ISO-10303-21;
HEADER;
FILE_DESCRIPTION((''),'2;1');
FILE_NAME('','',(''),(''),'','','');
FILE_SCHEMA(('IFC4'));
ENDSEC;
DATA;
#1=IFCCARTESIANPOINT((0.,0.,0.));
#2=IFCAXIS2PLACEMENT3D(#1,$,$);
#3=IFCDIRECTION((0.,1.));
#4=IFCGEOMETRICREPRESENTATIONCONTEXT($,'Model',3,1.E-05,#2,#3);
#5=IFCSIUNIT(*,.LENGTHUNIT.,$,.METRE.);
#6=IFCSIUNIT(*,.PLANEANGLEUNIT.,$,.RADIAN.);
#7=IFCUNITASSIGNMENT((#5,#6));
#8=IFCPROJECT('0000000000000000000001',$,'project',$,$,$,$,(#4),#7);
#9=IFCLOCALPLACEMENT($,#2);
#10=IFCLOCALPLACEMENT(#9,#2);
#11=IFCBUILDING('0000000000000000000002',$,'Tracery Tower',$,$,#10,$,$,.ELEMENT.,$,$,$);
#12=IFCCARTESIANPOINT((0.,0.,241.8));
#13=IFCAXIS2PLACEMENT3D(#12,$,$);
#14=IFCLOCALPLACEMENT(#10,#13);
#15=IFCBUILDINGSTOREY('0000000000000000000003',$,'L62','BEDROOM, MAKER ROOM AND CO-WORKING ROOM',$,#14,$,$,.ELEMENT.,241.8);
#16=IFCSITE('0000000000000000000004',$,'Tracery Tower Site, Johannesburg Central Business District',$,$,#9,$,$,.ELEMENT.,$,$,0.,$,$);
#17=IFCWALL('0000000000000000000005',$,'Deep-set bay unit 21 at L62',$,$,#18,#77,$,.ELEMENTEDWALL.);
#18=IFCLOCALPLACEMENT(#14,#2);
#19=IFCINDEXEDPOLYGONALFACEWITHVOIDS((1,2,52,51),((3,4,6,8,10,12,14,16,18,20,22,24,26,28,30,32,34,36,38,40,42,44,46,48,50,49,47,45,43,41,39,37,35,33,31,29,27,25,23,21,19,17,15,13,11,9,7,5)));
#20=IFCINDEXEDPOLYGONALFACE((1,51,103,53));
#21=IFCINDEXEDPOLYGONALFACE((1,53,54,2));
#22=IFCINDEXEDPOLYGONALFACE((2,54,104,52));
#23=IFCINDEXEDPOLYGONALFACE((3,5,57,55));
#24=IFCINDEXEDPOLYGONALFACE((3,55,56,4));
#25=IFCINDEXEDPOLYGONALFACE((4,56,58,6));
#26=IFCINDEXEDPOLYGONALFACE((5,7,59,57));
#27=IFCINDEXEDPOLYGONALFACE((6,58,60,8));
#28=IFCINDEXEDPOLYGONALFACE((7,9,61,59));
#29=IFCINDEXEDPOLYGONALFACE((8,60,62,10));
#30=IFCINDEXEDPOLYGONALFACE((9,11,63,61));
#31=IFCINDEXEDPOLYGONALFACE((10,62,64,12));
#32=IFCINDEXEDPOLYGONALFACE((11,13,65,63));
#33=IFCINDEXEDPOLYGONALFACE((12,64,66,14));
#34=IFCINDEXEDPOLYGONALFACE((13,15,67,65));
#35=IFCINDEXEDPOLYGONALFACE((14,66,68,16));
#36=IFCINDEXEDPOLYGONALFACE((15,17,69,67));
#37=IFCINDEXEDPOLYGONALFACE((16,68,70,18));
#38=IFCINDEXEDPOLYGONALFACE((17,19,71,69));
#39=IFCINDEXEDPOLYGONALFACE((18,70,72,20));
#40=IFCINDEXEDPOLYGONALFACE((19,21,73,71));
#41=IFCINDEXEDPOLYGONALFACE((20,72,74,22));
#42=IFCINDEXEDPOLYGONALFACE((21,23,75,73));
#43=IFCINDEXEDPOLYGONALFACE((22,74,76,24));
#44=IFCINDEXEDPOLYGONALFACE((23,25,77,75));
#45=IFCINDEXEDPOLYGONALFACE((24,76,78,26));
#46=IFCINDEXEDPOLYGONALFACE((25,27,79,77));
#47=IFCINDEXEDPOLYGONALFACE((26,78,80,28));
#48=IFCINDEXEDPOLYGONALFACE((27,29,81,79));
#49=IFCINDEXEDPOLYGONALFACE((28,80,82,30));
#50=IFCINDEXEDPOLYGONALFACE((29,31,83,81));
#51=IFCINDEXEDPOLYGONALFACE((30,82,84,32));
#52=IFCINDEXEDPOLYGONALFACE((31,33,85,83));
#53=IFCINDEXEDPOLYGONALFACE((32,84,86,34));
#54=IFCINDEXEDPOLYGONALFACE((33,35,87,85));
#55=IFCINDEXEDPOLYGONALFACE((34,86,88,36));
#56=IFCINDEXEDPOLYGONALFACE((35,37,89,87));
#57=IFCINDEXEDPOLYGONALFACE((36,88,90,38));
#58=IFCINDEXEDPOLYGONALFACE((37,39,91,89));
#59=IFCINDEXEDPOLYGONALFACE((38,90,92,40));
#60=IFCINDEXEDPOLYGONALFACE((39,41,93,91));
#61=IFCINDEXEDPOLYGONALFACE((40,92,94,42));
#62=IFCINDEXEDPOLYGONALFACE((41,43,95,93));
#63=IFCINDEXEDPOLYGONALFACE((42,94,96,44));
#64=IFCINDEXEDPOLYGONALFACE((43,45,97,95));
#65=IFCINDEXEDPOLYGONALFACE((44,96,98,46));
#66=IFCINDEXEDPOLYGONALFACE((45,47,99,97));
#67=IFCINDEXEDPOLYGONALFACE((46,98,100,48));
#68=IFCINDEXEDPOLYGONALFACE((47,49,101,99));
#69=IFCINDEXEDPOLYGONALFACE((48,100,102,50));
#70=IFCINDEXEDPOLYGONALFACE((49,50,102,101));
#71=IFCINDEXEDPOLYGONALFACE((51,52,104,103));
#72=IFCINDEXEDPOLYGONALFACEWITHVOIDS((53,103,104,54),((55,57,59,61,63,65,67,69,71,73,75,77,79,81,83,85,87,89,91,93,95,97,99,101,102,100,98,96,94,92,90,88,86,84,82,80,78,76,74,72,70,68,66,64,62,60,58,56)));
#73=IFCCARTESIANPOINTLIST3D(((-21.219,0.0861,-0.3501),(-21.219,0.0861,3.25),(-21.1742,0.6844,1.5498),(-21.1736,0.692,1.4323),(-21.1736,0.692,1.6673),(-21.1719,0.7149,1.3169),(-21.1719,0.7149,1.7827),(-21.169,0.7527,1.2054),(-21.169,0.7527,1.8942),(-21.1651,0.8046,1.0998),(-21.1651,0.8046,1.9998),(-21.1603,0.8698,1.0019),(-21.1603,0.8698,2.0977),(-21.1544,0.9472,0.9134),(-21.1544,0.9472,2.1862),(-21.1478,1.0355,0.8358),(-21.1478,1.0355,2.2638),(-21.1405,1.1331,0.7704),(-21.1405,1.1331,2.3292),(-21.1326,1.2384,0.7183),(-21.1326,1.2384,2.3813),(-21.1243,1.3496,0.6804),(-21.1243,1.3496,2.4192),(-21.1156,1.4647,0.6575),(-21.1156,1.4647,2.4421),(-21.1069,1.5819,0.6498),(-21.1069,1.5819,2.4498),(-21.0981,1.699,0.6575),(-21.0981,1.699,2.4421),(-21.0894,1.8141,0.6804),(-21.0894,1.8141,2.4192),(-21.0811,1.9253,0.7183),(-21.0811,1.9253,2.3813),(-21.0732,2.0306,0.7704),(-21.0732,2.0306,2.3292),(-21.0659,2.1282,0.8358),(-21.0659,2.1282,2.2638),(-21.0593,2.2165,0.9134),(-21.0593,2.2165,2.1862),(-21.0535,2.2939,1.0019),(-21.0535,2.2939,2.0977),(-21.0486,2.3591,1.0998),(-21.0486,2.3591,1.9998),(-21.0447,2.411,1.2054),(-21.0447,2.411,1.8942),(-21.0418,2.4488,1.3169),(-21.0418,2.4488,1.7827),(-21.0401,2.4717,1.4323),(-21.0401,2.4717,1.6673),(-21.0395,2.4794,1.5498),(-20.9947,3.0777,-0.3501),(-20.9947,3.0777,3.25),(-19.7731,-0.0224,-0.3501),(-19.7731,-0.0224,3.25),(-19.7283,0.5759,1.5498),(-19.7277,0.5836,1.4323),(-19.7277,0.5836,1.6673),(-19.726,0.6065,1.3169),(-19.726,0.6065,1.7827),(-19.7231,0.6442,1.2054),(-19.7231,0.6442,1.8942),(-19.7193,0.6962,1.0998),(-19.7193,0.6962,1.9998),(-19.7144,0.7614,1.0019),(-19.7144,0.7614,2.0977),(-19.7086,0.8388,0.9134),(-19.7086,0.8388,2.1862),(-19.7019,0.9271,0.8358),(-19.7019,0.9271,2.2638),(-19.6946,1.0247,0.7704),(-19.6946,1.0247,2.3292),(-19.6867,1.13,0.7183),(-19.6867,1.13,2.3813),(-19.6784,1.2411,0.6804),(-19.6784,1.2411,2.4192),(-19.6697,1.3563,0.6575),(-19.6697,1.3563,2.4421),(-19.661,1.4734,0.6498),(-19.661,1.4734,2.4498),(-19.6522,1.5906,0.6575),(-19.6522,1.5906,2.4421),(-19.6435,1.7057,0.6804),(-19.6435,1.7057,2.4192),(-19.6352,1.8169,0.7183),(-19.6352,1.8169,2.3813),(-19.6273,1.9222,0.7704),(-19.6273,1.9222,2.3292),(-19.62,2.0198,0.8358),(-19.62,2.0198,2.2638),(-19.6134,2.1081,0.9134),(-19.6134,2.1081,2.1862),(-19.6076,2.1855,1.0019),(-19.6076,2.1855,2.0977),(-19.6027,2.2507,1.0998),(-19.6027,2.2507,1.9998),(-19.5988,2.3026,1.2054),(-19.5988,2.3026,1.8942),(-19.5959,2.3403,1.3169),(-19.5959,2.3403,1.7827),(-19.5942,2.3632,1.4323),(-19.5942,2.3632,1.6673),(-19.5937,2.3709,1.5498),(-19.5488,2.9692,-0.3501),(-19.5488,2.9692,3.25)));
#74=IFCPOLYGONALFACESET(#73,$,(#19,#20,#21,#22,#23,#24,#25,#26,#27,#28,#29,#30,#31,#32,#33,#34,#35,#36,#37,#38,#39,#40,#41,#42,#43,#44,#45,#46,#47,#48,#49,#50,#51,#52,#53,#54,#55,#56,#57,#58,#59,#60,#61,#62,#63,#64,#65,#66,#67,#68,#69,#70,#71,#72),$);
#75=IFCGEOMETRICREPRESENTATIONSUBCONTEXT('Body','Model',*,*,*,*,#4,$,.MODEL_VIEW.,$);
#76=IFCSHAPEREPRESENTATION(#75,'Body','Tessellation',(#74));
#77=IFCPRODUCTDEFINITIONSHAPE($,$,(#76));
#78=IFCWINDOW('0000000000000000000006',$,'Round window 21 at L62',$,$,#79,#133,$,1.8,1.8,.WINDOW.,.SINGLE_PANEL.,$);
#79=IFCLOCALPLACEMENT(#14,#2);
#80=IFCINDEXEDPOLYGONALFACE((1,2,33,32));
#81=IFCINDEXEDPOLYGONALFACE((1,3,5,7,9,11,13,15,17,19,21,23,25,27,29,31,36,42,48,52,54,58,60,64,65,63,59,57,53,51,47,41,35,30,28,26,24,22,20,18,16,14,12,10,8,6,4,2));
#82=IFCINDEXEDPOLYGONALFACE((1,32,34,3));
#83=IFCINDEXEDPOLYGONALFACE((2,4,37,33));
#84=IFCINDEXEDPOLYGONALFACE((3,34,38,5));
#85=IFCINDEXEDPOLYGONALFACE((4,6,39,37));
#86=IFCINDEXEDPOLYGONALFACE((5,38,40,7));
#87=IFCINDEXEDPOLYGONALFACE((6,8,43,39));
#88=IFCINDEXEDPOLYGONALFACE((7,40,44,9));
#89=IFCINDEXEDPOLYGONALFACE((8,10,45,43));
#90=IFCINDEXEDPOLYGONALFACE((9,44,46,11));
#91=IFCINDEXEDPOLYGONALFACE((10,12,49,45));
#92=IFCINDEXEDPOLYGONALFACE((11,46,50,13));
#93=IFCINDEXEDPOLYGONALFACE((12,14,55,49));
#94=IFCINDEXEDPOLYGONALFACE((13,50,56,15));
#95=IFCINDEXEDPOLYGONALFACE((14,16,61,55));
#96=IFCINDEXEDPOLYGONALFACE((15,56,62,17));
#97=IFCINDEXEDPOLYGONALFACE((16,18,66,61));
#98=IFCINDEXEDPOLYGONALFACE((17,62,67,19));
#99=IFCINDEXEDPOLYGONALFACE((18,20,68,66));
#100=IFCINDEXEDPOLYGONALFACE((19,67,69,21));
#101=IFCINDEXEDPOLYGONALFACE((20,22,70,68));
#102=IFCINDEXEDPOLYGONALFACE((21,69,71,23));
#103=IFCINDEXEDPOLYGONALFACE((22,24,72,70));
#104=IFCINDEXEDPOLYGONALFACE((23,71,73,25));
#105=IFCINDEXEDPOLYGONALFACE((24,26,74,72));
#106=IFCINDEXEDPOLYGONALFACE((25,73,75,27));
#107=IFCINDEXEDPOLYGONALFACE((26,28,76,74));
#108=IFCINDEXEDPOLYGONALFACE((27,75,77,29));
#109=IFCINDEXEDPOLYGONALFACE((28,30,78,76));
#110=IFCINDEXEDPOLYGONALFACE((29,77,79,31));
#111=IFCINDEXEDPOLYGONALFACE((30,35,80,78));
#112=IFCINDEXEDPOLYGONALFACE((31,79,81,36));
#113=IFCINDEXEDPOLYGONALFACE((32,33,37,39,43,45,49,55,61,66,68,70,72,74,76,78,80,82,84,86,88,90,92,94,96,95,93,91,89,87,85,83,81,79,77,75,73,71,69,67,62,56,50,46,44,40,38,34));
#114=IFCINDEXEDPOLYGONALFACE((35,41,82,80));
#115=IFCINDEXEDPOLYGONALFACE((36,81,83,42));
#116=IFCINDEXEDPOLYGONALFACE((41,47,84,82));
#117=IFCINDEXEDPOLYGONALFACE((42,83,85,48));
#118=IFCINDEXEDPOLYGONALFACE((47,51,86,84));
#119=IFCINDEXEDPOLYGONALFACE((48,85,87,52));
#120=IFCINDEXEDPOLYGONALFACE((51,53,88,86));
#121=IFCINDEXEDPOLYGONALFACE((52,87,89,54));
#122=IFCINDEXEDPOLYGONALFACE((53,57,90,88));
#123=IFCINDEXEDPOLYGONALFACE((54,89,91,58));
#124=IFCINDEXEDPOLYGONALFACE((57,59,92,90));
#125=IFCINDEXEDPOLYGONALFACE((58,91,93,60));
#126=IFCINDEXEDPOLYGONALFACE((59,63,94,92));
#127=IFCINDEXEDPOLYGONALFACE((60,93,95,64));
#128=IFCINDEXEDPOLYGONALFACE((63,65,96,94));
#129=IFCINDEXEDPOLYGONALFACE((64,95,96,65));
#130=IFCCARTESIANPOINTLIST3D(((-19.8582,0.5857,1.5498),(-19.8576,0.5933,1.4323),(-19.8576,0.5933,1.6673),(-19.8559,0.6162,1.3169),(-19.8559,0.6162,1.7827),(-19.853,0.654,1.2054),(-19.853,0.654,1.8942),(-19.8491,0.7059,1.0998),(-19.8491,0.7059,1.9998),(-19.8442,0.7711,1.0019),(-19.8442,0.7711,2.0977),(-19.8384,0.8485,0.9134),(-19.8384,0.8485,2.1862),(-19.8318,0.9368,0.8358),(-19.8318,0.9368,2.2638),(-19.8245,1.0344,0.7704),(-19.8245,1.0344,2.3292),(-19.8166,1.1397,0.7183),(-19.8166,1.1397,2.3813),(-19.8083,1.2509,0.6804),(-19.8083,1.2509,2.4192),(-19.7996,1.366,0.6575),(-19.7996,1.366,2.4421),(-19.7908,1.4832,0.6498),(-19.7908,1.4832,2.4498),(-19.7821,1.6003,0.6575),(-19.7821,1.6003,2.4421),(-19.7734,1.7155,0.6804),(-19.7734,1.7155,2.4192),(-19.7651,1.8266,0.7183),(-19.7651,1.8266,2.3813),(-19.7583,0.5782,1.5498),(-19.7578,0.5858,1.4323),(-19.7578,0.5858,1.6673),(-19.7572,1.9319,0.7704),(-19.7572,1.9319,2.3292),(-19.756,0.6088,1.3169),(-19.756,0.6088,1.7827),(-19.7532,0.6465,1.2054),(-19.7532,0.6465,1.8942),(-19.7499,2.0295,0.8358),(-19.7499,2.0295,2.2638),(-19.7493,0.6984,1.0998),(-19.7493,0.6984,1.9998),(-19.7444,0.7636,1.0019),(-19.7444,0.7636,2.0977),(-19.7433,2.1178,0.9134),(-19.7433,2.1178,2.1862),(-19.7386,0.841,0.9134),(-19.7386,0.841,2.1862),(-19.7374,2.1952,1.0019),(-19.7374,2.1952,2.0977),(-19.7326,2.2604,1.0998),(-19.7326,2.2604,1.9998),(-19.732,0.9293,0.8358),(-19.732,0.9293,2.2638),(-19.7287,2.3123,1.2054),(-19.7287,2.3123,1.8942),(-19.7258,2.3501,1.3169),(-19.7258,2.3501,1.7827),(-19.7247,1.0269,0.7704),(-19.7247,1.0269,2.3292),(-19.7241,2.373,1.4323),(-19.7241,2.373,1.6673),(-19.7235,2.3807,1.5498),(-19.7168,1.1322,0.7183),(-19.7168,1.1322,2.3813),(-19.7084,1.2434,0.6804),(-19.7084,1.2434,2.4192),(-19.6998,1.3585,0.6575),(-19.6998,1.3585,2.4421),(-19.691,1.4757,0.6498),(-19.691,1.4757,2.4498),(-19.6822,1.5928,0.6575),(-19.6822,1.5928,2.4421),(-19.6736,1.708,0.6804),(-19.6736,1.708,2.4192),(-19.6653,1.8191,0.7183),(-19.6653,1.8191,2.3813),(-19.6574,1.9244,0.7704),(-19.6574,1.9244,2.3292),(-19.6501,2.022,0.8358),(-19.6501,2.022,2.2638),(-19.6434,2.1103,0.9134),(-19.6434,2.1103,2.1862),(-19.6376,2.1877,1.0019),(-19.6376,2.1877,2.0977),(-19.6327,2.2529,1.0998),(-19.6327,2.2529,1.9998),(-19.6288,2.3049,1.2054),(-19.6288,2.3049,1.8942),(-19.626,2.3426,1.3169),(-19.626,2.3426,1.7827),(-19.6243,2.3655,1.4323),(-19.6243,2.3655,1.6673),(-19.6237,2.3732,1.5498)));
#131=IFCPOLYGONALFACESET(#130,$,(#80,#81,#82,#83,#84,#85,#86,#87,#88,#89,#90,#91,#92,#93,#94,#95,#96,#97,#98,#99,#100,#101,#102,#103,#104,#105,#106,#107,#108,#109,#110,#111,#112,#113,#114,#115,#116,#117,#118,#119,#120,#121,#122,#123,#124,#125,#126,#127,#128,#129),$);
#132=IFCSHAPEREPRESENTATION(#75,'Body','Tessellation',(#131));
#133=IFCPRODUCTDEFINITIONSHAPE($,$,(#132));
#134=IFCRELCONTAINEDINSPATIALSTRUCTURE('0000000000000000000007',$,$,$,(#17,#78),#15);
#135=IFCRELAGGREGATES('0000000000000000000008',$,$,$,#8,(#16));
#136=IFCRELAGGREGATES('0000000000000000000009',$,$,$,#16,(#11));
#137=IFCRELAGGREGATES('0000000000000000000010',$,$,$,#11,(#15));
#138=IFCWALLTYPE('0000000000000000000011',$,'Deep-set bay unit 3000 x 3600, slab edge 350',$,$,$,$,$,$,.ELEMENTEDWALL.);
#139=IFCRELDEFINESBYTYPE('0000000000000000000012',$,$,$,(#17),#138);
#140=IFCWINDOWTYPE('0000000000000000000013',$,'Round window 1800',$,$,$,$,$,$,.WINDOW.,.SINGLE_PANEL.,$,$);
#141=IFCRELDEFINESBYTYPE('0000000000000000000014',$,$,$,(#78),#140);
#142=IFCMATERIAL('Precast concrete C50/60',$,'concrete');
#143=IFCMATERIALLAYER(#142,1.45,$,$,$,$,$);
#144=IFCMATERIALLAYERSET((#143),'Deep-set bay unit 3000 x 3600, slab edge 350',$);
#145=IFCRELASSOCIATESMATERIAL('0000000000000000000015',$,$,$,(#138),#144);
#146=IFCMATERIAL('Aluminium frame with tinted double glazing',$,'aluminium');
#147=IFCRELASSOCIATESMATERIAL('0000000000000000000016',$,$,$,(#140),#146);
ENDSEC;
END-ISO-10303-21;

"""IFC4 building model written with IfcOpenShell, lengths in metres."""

from ifc_helpers import new_model, si_unit, direction, frame, frame_2d, origin, origin_2d, place, context, subcontext, project, spatial, rectangle, circle, extrude, material, layer, layer_set, type_object, element, fill, save


model = new_model("IFC4")

# Units and contexts
model_context = context("Model", 3, precision=1e-05, world=origin(), true_north=direction((0.0, 1.0)))
body_context = subcontext(model_context, "Body", "Model", "MODEL_VIEW")
ifc_project = project(units=[si_unit("LENGTHUNIT", "METRE"), si_unit("PLANEANGLEUNIT", "RADIAN")], contexts=[model_context])

# Site, building, storey
site_placement = place(None, origin())
site = spatial("IfcSite", under=ifc_project, at=site_placement, Name="Tracery Tower Site, Johannesburg Central Business District", CompositionType="ELEMENT", RefElevation=0.0)
building_placement = place(site_placement, origin())
building = spatial("IfcBuilding", under=site, at=building_placement, Name="Tracery Tower", CompositionType="ELEMENT")
storey_placement = place(building_placement, frame((0.0, 0.0, 241.8)))
storey = spatial("IfcBuildingStorey", under=building, at=storey_placement, Name="L62", Description="BEDROOM, MAKER ROOM AND CO-WORKING ROOM", CompositionType="ELEMENT", Elevation=241.8)

# Wall, opening, window
ifc_material_1 = material(Name="Precast concrete C50/60", Category="concrete")
ifc_layer_1 = layer(ifc_material_1, 1.45)
ifc_layer_set_1 = layer_set([ifc_layer_1], Name="Deep-set bay unit 3000 x 3600, slab edge 350")
wall_type_1 = type_object("IfcWallType", Name="Deep-set bay unit 3000 x 3600, slab edge 350", PredefinedType="ELEMENTEDWALL", material=ifc_layer_set_1)
wall_1_placement = place(storey_placement, frame((-20.2717, 3.0234, -0.3501), z_axis=(0.0, 0.0, 1.0), x_axis=(-0.074786, -0.9972, 0.0)))
wall_1 = element("IfcWall", 1, at=wall_1_placement, inside=storey, type_object=wall_type_1, Name="Deep-set bay unit 21 at L62", PredefinedType="ELEMENTEDWALL", context=body_context, shape_type="SweptSolid", body=[
    extrude(rectangle(XDim=3.0, YDim=1.45, at=frame_2d((1.5, 0.0))), origin(), (0.0, 0.0, 1.0), 3.6001),
])
opening_1_placement = place(wall_1_placement, frame((1.5, 0.0, 1.8999)))
opening_1 = element("IfcOpeningElement", 2, at=opening_1_placement, cuts=wall_1, PredefinedType="OPENING", context=body_context, shape_type="SweptSolid", body=[
    extrude(circle(Radius=0.9, at=origin_2d()), frame((0.0, 0.7349, 0.0), z_axis=(0.0, -1.0, 0.0), x_axis=(1.0, 0.0, 0.0)), (0.0, 0.0, 1.0), 1.47),
])
ifc_material_2 = material(Name="Aluminium frame with tinted double glazing", Category="aluminium")
window_type = type_object("IfcWindowType", Name="Round window 1800", PartitioningType="SINGLE_PANEL", PredefinedType="WINDOW", material=ifc_material_2)
window_1_placement = place(opening_1_placement, origin())
window_1 = element("IfcWindow", 3, at=window_1_placement, inside=storey, type_object=window_type, Name="Round window 21 at L62", OverallHeight=1.8, OverallWidth=1.8, PartitioningType="SINGLE_PANEL", PredefinedType="WINDOW", context=body_context, shape_type="SweptSolid", body=[
    extrude(circle(Radius=0.9, at=origin_2d()), frame((0.0, 0.6948, 0.0), z_axis=(0.0, -1.0, 0.0), x_axis=(1.0, 0.0, 0.0)), (0.0, 0.0, 1.0), 0.1001),
])
fill(opening_1, window_1)

save(model, "model.ifc")
